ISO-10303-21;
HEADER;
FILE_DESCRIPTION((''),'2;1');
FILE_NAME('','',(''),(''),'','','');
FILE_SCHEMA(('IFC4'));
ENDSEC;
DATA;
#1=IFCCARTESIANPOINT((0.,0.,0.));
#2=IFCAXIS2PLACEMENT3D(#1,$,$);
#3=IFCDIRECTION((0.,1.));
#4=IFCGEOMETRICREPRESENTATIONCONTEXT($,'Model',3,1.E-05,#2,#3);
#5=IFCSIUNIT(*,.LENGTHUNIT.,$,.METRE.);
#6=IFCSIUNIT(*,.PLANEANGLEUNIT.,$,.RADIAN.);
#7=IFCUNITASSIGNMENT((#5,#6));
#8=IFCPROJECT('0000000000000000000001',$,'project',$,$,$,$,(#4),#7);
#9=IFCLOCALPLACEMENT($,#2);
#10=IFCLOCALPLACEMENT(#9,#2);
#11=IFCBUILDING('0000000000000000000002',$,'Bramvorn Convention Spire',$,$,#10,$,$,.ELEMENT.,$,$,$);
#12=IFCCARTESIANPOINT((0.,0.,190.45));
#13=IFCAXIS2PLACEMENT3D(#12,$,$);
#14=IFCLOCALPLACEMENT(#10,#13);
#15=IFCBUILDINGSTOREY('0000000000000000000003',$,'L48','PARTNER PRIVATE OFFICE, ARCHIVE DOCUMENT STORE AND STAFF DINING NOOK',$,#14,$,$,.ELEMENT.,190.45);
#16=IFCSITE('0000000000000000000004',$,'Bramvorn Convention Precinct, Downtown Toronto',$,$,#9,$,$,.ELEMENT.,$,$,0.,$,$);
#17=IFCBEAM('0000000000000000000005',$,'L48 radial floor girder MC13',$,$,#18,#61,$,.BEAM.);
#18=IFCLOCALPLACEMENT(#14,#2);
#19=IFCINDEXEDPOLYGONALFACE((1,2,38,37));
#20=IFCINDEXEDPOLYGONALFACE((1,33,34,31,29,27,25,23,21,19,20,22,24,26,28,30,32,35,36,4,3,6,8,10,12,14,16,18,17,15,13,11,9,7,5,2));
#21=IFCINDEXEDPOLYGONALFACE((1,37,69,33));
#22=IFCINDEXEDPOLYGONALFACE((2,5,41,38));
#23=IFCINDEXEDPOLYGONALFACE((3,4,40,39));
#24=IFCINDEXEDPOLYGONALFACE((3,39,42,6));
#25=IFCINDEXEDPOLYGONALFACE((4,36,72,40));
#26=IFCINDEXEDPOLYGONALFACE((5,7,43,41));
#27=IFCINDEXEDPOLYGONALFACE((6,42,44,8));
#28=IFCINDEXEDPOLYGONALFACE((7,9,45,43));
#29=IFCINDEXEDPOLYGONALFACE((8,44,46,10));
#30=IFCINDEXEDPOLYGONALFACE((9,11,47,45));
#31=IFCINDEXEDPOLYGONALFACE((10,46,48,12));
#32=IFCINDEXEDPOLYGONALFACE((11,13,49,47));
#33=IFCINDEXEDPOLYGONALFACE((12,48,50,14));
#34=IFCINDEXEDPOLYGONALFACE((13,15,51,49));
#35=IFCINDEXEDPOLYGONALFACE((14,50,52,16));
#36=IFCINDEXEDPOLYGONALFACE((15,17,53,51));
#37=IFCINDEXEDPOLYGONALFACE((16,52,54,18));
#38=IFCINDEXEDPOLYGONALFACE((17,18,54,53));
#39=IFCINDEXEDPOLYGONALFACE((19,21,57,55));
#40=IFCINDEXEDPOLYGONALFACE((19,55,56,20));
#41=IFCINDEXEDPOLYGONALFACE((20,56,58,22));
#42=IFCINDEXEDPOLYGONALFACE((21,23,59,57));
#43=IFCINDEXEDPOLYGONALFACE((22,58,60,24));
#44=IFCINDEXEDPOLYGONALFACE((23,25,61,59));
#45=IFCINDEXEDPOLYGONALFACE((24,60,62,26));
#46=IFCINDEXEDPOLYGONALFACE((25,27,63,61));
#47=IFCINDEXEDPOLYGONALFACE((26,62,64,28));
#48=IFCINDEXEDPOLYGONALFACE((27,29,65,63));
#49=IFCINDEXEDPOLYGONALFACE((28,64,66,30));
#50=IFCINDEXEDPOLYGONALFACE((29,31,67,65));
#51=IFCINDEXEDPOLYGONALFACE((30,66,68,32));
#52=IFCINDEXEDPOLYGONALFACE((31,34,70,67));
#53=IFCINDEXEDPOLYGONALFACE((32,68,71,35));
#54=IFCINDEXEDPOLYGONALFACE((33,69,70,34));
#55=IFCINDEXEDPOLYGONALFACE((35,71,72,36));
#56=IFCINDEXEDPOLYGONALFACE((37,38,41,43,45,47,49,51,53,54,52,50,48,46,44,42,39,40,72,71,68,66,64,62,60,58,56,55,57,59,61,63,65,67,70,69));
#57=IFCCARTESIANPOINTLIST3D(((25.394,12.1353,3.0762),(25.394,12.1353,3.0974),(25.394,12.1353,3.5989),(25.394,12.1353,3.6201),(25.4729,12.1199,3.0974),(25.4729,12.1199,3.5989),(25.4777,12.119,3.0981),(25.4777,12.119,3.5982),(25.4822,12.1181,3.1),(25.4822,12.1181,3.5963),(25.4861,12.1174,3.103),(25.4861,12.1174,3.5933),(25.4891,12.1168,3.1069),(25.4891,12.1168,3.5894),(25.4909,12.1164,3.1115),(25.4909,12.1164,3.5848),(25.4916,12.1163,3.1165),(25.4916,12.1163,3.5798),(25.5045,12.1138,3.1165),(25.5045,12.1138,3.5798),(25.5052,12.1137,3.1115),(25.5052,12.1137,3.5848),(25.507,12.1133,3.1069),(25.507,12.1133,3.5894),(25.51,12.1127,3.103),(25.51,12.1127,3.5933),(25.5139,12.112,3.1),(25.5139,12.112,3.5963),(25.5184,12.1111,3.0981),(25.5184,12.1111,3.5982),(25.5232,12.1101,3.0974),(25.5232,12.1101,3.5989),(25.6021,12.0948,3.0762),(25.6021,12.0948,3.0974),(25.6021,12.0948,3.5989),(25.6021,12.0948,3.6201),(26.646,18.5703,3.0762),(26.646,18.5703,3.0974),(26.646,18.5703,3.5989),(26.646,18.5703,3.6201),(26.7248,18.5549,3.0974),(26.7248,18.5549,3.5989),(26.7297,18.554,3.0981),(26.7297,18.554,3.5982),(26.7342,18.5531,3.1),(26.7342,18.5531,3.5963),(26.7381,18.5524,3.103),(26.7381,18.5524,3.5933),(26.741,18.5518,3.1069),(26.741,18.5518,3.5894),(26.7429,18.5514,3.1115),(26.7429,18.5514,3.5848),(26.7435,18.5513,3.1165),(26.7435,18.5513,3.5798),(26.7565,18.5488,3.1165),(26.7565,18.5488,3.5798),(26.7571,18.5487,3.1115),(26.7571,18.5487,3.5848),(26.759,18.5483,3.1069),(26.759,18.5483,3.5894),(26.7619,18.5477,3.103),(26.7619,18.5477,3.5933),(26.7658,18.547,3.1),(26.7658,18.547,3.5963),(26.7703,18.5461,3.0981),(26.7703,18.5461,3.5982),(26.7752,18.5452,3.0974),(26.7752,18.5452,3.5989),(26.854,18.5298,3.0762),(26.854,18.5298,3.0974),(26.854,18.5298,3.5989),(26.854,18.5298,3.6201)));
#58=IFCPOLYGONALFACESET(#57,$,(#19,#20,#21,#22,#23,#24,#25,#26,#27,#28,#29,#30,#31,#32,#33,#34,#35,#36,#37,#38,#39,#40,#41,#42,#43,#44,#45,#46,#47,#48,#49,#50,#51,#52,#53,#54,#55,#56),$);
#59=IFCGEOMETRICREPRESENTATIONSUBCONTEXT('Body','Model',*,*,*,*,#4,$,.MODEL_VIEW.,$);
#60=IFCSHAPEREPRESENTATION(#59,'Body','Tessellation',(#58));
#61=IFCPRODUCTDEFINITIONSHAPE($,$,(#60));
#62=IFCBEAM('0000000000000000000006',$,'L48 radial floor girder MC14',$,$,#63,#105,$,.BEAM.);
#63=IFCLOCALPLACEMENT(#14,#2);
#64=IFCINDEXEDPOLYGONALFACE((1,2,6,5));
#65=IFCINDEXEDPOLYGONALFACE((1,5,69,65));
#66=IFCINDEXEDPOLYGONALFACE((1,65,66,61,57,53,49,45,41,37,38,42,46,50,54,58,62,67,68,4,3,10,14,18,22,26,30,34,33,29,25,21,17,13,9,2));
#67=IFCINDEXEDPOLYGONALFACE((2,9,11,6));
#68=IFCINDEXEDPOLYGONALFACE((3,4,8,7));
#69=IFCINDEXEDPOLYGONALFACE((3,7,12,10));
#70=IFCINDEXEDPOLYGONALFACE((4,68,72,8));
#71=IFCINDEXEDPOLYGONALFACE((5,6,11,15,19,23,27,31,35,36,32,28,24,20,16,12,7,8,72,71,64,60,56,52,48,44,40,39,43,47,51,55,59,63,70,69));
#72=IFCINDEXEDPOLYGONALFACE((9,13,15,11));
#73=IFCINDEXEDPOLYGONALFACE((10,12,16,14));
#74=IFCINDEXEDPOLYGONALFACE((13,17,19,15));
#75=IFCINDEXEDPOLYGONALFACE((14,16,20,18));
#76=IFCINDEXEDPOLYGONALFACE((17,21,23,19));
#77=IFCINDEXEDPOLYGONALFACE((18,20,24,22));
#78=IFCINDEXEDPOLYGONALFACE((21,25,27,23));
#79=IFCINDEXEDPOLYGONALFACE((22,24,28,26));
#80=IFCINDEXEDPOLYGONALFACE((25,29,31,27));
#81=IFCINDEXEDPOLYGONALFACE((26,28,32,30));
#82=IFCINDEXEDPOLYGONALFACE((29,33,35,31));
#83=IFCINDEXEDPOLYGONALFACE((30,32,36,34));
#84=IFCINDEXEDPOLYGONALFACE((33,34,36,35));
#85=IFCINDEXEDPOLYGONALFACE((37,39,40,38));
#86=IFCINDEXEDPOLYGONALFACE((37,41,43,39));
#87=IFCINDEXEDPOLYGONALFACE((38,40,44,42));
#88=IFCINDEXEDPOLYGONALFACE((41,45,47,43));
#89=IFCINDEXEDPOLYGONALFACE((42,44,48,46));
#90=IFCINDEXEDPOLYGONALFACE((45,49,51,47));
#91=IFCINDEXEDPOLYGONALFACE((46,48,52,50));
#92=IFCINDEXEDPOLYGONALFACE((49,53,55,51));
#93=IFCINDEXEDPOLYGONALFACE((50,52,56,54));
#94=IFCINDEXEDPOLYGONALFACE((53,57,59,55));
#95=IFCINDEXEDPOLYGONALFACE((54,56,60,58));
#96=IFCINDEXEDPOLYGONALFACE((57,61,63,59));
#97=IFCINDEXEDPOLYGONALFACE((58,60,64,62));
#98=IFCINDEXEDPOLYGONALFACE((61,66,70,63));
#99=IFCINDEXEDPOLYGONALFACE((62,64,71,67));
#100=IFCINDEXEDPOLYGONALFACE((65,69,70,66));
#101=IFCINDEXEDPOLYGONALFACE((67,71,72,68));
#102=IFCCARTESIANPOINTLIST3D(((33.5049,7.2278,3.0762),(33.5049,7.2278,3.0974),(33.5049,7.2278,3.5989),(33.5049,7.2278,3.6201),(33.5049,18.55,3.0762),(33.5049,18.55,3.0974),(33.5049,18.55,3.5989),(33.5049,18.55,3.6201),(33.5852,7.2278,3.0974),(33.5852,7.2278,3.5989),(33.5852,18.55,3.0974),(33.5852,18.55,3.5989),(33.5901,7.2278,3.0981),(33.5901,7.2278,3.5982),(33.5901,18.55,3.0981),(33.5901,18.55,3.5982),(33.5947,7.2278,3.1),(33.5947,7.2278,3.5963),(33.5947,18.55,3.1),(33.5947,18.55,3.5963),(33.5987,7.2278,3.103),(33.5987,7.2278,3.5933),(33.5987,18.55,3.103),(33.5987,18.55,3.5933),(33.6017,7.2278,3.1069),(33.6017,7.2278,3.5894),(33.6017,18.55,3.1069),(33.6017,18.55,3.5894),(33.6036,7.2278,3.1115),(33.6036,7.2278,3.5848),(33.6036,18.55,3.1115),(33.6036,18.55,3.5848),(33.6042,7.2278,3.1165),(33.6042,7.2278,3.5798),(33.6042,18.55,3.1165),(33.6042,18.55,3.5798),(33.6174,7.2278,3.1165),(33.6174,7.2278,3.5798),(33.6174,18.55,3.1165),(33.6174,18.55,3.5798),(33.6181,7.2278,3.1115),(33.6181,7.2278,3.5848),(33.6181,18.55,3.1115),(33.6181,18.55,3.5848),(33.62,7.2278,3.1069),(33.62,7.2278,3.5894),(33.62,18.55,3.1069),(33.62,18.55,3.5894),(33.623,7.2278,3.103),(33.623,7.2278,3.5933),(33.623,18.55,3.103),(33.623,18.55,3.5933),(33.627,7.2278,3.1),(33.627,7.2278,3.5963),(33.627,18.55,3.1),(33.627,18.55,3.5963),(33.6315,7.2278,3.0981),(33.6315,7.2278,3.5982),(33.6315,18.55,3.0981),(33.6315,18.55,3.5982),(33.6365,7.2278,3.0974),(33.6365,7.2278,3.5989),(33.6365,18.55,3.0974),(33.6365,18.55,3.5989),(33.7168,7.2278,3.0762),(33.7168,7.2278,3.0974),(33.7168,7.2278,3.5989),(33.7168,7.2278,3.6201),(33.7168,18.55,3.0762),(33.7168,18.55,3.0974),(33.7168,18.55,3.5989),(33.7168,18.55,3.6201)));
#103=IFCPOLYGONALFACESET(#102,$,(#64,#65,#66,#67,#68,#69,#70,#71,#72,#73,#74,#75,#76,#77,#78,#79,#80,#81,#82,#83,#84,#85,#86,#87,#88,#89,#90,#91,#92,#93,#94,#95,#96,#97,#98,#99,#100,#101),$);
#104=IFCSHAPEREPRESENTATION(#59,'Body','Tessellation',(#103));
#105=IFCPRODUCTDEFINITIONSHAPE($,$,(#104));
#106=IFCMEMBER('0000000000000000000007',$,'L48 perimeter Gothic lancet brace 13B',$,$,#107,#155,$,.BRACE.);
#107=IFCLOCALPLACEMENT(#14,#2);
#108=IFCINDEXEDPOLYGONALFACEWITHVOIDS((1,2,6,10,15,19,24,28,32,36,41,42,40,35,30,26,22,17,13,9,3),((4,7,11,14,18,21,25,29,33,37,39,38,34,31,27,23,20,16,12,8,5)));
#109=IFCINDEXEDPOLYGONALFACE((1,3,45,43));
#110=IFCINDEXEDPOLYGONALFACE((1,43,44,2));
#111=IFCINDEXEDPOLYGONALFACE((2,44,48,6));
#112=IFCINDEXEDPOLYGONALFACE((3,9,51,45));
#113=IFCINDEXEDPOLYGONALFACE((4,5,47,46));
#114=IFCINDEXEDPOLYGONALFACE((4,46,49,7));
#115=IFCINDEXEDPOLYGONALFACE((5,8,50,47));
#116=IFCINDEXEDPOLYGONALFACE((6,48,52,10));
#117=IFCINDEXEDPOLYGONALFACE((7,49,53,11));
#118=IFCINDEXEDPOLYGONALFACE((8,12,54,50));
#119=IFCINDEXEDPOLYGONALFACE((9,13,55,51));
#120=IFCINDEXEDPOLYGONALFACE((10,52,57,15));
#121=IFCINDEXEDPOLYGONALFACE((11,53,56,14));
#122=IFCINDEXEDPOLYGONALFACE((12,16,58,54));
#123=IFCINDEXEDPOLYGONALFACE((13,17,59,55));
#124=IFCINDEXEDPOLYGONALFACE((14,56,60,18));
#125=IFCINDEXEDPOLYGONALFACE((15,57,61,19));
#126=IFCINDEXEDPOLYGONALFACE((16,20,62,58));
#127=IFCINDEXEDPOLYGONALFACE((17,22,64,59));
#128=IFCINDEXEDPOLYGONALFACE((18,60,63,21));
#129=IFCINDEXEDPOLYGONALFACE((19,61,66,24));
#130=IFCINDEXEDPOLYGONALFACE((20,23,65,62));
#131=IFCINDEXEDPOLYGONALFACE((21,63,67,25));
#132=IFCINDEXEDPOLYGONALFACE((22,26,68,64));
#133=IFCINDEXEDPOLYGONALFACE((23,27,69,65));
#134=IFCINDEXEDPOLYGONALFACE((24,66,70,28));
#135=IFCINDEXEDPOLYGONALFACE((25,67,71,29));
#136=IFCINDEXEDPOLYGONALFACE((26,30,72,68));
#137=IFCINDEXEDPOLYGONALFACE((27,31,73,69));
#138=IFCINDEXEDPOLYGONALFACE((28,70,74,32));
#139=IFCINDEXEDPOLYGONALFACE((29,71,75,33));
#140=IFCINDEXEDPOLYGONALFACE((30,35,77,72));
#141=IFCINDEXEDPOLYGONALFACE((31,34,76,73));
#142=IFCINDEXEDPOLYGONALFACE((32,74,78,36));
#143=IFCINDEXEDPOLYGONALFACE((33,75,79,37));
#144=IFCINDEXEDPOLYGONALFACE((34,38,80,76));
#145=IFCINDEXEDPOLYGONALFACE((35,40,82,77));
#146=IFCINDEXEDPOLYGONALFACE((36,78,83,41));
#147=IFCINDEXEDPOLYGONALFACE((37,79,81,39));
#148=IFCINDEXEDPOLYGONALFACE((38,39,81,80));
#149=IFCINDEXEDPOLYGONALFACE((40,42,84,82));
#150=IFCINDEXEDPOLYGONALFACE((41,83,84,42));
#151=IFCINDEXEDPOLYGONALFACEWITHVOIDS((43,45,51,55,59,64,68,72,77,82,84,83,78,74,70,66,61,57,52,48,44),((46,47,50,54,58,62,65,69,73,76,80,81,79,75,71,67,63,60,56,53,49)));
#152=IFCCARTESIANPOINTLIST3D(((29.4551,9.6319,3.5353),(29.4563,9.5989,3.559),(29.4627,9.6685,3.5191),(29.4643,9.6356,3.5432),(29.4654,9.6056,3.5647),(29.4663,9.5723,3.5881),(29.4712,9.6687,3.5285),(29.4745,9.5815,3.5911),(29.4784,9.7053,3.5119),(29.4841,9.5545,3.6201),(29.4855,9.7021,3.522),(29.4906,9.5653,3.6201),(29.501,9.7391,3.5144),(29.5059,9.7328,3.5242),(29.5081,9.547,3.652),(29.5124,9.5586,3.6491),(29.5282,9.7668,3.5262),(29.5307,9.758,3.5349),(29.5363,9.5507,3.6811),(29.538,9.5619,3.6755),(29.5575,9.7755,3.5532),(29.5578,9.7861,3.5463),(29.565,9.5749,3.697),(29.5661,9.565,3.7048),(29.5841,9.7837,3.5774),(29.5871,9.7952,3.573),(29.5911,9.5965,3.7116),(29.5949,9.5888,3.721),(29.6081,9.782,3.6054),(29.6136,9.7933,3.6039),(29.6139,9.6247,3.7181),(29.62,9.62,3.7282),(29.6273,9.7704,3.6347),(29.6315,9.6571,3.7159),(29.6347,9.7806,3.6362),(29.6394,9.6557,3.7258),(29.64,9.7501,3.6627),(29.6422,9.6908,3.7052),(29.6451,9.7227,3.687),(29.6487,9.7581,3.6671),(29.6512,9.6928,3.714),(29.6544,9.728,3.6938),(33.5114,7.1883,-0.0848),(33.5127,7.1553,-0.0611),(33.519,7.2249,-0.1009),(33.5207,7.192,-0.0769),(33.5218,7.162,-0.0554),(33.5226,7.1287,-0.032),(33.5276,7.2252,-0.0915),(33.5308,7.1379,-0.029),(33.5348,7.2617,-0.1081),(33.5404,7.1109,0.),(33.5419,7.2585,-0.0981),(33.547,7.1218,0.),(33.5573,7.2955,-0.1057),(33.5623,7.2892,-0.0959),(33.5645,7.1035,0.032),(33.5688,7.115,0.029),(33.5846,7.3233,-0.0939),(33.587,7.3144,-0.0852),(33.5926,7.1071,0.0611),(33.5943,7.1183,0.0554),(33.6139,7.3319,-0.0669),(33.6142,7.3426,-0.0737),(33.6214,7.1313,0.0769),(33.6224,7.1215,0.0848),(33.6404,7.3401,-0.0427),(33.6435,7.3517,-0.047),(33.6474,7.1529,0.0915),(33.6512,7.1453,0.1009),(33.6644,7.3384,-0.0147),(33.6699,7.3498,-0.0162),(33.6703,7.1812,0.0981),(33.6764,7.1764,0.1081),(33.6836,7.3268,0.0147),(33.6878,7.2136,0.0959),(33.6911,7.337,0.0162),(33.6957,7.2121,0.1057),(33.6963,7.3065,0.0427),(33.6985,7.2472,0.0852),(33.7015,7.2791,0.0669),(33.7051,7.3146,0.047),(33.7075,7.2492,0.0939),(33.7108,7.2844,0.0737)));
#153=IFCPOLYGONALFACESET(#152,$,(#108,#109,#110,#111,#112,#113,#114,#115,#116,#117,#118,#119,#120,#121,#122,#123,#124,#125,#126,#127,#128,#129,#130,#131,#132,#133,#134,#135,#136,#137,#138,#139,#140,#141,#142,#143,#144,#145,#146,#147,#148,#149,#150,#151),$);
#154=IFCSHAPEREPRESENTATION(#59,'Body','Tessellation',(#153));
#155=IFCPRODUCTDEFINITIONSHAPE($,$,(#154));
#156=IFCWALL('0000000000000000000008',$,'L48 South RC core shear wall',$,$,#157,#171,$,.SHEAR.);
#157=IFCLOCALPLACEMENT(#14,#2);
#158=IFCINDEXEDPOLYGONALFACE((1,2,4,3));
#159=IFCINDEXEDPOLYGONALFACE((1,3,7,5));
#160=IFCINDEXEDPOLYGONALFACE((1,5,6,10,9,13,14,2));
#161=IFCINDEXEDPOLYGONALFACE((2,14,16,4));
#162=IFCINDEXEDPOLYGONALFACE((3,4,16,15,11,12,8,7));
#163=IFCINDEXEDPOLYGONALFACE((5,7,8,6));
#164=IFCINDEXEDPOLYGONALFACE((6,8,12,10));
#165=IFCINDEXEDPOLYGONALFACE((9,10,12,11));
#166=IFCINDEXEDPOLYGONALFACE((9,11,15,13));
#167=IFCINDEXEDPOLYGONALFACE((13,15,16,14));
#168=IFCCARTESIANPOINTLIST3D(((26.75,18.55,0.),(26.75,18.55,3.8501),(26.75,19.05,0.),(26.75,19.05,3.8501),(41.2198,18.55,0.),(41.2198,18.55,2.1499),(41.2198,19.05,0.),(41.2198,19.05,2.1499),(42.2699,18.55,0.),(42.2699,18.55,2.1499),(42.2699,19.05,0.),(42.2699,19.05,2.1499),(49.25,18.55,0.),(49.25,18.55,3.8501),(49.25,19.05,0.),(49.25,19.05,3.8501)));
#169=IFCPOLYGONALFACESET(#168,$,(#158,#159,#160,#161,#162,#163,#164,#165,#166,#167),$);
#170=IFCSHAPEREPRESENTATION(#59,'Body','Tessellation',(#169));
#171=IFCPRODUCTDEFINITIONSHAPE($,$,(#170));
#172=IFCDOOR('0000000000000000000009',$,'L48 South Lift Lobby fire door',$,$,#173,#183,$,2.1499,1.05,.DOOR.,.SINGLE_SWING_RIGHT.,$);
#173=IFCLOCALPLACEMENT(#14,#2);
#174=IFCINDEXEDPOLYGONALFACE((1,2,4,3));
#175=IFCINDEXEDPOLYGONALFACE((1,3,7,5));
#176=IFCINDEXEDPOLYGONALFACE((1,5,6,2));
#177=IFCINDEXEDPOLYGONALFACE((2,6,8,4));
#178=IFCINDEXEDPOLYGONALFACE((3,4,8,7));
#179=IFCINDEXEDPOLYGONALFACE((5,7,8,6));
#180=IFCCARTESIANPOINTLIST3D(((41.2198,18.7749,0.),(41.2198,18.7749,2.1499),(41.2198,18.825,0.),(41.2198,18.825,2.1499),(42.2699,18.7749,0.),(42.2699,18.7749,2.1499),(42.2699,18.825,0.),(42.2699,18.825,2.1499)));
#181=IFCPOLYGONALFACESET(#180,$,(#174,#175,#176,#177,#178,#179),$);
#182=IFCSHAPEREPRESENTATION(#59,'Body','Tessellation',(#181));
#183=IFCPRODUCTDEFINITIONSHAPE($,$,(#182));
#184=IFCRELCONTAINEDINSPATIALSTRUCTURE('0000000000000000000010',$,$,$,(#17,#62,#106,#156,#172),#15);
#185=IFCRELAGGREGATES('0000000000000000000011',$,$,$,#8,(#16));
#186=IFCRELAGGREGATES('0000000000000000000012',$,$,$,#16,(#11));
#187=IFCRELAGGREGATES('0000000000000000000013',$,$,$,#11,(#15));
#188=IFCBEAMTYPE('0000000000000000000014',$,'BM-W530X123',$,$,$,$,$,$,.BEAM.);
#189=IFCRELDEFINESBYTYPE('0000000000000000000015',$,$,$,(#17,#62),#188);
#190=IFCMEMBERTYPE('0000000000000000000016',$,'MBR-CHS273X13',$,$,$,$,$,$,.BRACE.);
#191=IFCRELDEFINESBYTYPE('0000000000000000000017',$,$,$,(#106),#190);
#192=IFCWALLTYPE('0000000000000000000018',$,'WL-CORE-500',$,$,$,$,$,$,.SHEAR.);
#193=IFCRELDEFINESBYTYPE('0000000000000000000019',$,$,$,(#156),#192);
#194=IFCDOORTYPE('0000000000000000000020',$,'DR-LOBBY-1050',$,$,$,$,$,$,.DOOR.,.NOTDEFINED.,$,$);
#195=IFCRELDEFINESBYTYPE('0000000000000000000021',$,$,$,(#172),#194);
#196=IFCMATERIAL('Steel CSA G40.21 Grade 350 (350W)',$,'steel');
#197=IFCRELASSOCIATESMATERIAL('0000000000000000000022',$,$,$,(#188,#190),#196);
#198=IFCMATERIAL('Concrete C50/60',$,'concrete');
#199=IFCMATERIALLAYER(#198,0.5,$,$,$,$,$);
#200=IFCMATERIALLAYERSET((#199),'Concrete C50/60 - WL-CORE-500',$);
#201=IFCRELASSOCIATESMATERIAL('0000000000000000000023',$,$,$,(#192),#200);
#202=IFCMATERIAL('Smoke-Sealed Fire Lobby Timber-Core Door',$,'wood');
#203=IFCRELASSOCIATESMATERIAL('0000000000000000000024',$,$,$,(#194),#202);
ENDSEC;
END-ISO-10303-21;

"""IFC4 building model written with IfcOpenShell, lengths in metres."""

from ifc_helpers import new_model, si_unit, direction, frame, frame_2d, origin, origin_2d, place, context, subcontext, project, spatial, rectangle, hollow_circle, i_section, extrude, material, layer, layer_set, material_profile, profile_set, type_object, element, fill, save


model = new_model("IFC4")

# Units and contexts
model_context = context("Model", 3, precision=1e-05, world=origin(), true_north=direction((0.0, 1.0)))
body_context = subcontext(model_context, "Body", "Model", "MODEL_VIEW")
ifc_project = project(units=[si_unit("LENGTHUNIT", "METRE"), si_unit("PLANEANGLEUNIT", "RADIAN")], contexts=[model_context])

# Site, building, storey
site_placement = place(None, origin())
site = spatial("IfcSite", under=ifc_project, at=site_placement, Name="Bramvorn Convention Precinct, Downtown Toronto", CompositionType="ELEMENT", RefElevation=0.0)
building_placement = place(site_placement, origin())
building = spatial("IfcBuilding", under=site, at=building_placement, Name="Bramvorn Convention Spire", CompositionType="ELEMENT")
storey_placement = place(building_placement, frame((0.0, 0.0, 190.45)))
storey = spatial("IfcBuildingStorey", under=building, at=storey_placement, Name="L48", Description="PARTNER PRIVATE OFFICE, ARCHIVE DOCUMENT STORE AND STAFF DINING NOOK", CompositionType="ELEMENT", Elevation=190.45)

# Shared definitions
ifc_material_1 = material(Name="Steel CSA G40.21 Grade 350 (350W)", Category="steel")

# Beams
ifc_material_profile_1 = material_profile(ifc_material_1, i_section(OverallWidth=0.2119, OverallDepth=0.5439, WebThickness=0.0132, FlangeThickness=0.0212, FilletRadius=0.019, at=origin_2d()))
ifc_profile_set_1 = profile_set([ifc_material_profile_1], Name="Steel CSA G40.21 Grade 350 (350W) - W530X123")
beam_type_1 = type_object("IfcBeamType", Name="BM-W530X123", PredefinedType="BEAM", material=ifc_profile_set_1)
beam_1_placement = place(storey_placement, frame((26.75, 18.55, 3.3481), z_axis=(-0.190971, -0.981596, 0.0), x_axis=(0.981596, -0.190971, 0.0)))
element("IfcBeam", 1, at=beam_1_placement, inside=storey, type_object=beam_type_1, Name="L48 radial floor girder MC13", PredefinedType="BEAM", context=body_context, shape_type="SweptSolid", body=[
    extrude(i_section(OverallWidth=0.2119, OverallDepth=0.5439, WebThickness=0.0132, FlangeThickness=0.0212, FilletRadius=0.019, at=origin_2d()), origin(), (0.0, 0.0, 1.0), 6.5557),
])
beam_2_placement = place(storey_placement, frame((33.6108, 18.55, 3.3481), z_axis=(0.0, -1.0, 0.0), x_axis=(1.0, 0.0, 0.0)))
element("IfcBeam", 2, at=beam_2_placement, inside=storey, type_object=beam_type_1, Name="L48 radial floor girder MC14", PredefinedType="BEAM", context=body_context, shape_type="SweptSolid", body=[
    extrude(i_section(OverallWidth=0.2119, OverallDepth=0.5439, WebThickness=0.0132, FlangeThickness=0.0212, FilletRadius=0.019, at=origin_2d()), origin(), (0.0, 0.0, 1.0), 11.3223),
])

# Member
ifc_material_profile_2 = material_profile(ifc_material_1, hollow_circle(Radius=0.1365, WallThickness=0.0127, at=origin_2d()))
ifc_profile_set_2 = profile_set([ifc_material_profile_2], Name="Steel CSA G40.21 Grade 350 (350W) - CHS273X13")
member_type = type_object("IfcMemberType", Name="MBR-CHS273X13", PredefinedType="BRACE", material=ifc_profile_set_2)
member_placement = place(storey_placement, frame((33.6108, 7.2278, 0.0), z_axis=(-0.680515, 0.409948, 0.607324), x_axis=(-0.516011, -0.856582, 0.0)))
element("IfcMember", 3, at=member_placement, inside=storey, type_object=member_type, Name="L48 perimeter Gothic lancet brace 13B", PredefinedType="BRACE", context=body_context, shape_type="SweptSolid", body=[
    extrude(hollow_circle(Radius=0.1365, WallThickness=0.0127, at=origin_2d()), origin(), (0.0, 0.0, 1.0), 5.9607),
])

# Wall, opening, door
ifc_material_2 = material(Name="Concrete C50/60", Category="concrete")
ifc_layer_1 = layer(ifc_material_2, 0.5)
ifc_layer_set_1 = layer_set([ifc_layer_1], Name="Concrete C50/60 - WL-CORE-500")
wall_type_1 = type_object("IfcWallType", Name="WL-CORE-500", PredefinedType="SHEAR", material=ifc_layer_set_1)
wall_1_placement = place(storey_placement, frame((26.75, 18.8, 0.0), z_axis=(0.0, 0.0, 1.0), x_axis=(1.0, 0.0, 0.0)))
wall_1 = element("IfcWall", 4, at=wall_1_placement, inside=storey, type_object=wall_type_1, Name="L48 South RC core shear wall", PredefinedType="SHEAR", context=body_context, shape_type="SweptSolid", body=[
    extrude(rectangle(XDim=22.5, YDim=0.5, at=frame_2d((11.25, 0.0))), origin(), (0.0, 0.0, 1.0), 3.8501),
])
opening_1_placement = place(wall_1_placement, frame((14.47, 0.0, 0.0)))
opening_1 = element("IfcOpeningElement", 5, at=opening_1_placement, cuts=wall_1, PredefinedType="OPENING", context=body_context, shape_type="SweptSolid", body=[
    extrude(rectangle(XDim=1.05, YDim=2.1499, at=frame_2d((0.5249, 1.075))), frame((0.0, 0.26, 0.0), z_axis=(0.0, -1.0, 0.0), x_axis=(1.0, 0.0, 0.0)), (0.0, 0.0, 1.0), 0.52),
])
ifc_material_3 = material(Name="Smoke-Sealed Fire Lobby Timber-Core Door", Category="wood")
door_type = type_object("IfcDoorType", Name="DR-LOBBY-1050", OperationType="NOTDEFINED", PredefinedType="DOOR", material=ifc_material_3)
door_1_placement = place(opening_1_placement, origin())
door_1 = element("IfcDoor", 6, at=door_1_placement, inside=storey, type_object=door_type, Name="L48 South Lift Lobby fire door", OperationType="SINGLE_SWING_RIGHT", OverallHeight=2.1499, OverallWidth=1.05, PredefinedType="DOOR", context=body_context, shape_type="SweptSolid", body=[
    extrude(rectangle(XDim=1.05, YDim=2.1499, at=frame_2d((0.5249, 1.075))), frame((0.0, 0.0249, 0.0), z_axis=(0.0, -1.0, 0.0), x_axis=(1.0, 0.0, 0.0)), (0.0, 0.0, 1.0), 0.05),
])
fill(opening_1, door_1)

save(model, "model.ifc")
